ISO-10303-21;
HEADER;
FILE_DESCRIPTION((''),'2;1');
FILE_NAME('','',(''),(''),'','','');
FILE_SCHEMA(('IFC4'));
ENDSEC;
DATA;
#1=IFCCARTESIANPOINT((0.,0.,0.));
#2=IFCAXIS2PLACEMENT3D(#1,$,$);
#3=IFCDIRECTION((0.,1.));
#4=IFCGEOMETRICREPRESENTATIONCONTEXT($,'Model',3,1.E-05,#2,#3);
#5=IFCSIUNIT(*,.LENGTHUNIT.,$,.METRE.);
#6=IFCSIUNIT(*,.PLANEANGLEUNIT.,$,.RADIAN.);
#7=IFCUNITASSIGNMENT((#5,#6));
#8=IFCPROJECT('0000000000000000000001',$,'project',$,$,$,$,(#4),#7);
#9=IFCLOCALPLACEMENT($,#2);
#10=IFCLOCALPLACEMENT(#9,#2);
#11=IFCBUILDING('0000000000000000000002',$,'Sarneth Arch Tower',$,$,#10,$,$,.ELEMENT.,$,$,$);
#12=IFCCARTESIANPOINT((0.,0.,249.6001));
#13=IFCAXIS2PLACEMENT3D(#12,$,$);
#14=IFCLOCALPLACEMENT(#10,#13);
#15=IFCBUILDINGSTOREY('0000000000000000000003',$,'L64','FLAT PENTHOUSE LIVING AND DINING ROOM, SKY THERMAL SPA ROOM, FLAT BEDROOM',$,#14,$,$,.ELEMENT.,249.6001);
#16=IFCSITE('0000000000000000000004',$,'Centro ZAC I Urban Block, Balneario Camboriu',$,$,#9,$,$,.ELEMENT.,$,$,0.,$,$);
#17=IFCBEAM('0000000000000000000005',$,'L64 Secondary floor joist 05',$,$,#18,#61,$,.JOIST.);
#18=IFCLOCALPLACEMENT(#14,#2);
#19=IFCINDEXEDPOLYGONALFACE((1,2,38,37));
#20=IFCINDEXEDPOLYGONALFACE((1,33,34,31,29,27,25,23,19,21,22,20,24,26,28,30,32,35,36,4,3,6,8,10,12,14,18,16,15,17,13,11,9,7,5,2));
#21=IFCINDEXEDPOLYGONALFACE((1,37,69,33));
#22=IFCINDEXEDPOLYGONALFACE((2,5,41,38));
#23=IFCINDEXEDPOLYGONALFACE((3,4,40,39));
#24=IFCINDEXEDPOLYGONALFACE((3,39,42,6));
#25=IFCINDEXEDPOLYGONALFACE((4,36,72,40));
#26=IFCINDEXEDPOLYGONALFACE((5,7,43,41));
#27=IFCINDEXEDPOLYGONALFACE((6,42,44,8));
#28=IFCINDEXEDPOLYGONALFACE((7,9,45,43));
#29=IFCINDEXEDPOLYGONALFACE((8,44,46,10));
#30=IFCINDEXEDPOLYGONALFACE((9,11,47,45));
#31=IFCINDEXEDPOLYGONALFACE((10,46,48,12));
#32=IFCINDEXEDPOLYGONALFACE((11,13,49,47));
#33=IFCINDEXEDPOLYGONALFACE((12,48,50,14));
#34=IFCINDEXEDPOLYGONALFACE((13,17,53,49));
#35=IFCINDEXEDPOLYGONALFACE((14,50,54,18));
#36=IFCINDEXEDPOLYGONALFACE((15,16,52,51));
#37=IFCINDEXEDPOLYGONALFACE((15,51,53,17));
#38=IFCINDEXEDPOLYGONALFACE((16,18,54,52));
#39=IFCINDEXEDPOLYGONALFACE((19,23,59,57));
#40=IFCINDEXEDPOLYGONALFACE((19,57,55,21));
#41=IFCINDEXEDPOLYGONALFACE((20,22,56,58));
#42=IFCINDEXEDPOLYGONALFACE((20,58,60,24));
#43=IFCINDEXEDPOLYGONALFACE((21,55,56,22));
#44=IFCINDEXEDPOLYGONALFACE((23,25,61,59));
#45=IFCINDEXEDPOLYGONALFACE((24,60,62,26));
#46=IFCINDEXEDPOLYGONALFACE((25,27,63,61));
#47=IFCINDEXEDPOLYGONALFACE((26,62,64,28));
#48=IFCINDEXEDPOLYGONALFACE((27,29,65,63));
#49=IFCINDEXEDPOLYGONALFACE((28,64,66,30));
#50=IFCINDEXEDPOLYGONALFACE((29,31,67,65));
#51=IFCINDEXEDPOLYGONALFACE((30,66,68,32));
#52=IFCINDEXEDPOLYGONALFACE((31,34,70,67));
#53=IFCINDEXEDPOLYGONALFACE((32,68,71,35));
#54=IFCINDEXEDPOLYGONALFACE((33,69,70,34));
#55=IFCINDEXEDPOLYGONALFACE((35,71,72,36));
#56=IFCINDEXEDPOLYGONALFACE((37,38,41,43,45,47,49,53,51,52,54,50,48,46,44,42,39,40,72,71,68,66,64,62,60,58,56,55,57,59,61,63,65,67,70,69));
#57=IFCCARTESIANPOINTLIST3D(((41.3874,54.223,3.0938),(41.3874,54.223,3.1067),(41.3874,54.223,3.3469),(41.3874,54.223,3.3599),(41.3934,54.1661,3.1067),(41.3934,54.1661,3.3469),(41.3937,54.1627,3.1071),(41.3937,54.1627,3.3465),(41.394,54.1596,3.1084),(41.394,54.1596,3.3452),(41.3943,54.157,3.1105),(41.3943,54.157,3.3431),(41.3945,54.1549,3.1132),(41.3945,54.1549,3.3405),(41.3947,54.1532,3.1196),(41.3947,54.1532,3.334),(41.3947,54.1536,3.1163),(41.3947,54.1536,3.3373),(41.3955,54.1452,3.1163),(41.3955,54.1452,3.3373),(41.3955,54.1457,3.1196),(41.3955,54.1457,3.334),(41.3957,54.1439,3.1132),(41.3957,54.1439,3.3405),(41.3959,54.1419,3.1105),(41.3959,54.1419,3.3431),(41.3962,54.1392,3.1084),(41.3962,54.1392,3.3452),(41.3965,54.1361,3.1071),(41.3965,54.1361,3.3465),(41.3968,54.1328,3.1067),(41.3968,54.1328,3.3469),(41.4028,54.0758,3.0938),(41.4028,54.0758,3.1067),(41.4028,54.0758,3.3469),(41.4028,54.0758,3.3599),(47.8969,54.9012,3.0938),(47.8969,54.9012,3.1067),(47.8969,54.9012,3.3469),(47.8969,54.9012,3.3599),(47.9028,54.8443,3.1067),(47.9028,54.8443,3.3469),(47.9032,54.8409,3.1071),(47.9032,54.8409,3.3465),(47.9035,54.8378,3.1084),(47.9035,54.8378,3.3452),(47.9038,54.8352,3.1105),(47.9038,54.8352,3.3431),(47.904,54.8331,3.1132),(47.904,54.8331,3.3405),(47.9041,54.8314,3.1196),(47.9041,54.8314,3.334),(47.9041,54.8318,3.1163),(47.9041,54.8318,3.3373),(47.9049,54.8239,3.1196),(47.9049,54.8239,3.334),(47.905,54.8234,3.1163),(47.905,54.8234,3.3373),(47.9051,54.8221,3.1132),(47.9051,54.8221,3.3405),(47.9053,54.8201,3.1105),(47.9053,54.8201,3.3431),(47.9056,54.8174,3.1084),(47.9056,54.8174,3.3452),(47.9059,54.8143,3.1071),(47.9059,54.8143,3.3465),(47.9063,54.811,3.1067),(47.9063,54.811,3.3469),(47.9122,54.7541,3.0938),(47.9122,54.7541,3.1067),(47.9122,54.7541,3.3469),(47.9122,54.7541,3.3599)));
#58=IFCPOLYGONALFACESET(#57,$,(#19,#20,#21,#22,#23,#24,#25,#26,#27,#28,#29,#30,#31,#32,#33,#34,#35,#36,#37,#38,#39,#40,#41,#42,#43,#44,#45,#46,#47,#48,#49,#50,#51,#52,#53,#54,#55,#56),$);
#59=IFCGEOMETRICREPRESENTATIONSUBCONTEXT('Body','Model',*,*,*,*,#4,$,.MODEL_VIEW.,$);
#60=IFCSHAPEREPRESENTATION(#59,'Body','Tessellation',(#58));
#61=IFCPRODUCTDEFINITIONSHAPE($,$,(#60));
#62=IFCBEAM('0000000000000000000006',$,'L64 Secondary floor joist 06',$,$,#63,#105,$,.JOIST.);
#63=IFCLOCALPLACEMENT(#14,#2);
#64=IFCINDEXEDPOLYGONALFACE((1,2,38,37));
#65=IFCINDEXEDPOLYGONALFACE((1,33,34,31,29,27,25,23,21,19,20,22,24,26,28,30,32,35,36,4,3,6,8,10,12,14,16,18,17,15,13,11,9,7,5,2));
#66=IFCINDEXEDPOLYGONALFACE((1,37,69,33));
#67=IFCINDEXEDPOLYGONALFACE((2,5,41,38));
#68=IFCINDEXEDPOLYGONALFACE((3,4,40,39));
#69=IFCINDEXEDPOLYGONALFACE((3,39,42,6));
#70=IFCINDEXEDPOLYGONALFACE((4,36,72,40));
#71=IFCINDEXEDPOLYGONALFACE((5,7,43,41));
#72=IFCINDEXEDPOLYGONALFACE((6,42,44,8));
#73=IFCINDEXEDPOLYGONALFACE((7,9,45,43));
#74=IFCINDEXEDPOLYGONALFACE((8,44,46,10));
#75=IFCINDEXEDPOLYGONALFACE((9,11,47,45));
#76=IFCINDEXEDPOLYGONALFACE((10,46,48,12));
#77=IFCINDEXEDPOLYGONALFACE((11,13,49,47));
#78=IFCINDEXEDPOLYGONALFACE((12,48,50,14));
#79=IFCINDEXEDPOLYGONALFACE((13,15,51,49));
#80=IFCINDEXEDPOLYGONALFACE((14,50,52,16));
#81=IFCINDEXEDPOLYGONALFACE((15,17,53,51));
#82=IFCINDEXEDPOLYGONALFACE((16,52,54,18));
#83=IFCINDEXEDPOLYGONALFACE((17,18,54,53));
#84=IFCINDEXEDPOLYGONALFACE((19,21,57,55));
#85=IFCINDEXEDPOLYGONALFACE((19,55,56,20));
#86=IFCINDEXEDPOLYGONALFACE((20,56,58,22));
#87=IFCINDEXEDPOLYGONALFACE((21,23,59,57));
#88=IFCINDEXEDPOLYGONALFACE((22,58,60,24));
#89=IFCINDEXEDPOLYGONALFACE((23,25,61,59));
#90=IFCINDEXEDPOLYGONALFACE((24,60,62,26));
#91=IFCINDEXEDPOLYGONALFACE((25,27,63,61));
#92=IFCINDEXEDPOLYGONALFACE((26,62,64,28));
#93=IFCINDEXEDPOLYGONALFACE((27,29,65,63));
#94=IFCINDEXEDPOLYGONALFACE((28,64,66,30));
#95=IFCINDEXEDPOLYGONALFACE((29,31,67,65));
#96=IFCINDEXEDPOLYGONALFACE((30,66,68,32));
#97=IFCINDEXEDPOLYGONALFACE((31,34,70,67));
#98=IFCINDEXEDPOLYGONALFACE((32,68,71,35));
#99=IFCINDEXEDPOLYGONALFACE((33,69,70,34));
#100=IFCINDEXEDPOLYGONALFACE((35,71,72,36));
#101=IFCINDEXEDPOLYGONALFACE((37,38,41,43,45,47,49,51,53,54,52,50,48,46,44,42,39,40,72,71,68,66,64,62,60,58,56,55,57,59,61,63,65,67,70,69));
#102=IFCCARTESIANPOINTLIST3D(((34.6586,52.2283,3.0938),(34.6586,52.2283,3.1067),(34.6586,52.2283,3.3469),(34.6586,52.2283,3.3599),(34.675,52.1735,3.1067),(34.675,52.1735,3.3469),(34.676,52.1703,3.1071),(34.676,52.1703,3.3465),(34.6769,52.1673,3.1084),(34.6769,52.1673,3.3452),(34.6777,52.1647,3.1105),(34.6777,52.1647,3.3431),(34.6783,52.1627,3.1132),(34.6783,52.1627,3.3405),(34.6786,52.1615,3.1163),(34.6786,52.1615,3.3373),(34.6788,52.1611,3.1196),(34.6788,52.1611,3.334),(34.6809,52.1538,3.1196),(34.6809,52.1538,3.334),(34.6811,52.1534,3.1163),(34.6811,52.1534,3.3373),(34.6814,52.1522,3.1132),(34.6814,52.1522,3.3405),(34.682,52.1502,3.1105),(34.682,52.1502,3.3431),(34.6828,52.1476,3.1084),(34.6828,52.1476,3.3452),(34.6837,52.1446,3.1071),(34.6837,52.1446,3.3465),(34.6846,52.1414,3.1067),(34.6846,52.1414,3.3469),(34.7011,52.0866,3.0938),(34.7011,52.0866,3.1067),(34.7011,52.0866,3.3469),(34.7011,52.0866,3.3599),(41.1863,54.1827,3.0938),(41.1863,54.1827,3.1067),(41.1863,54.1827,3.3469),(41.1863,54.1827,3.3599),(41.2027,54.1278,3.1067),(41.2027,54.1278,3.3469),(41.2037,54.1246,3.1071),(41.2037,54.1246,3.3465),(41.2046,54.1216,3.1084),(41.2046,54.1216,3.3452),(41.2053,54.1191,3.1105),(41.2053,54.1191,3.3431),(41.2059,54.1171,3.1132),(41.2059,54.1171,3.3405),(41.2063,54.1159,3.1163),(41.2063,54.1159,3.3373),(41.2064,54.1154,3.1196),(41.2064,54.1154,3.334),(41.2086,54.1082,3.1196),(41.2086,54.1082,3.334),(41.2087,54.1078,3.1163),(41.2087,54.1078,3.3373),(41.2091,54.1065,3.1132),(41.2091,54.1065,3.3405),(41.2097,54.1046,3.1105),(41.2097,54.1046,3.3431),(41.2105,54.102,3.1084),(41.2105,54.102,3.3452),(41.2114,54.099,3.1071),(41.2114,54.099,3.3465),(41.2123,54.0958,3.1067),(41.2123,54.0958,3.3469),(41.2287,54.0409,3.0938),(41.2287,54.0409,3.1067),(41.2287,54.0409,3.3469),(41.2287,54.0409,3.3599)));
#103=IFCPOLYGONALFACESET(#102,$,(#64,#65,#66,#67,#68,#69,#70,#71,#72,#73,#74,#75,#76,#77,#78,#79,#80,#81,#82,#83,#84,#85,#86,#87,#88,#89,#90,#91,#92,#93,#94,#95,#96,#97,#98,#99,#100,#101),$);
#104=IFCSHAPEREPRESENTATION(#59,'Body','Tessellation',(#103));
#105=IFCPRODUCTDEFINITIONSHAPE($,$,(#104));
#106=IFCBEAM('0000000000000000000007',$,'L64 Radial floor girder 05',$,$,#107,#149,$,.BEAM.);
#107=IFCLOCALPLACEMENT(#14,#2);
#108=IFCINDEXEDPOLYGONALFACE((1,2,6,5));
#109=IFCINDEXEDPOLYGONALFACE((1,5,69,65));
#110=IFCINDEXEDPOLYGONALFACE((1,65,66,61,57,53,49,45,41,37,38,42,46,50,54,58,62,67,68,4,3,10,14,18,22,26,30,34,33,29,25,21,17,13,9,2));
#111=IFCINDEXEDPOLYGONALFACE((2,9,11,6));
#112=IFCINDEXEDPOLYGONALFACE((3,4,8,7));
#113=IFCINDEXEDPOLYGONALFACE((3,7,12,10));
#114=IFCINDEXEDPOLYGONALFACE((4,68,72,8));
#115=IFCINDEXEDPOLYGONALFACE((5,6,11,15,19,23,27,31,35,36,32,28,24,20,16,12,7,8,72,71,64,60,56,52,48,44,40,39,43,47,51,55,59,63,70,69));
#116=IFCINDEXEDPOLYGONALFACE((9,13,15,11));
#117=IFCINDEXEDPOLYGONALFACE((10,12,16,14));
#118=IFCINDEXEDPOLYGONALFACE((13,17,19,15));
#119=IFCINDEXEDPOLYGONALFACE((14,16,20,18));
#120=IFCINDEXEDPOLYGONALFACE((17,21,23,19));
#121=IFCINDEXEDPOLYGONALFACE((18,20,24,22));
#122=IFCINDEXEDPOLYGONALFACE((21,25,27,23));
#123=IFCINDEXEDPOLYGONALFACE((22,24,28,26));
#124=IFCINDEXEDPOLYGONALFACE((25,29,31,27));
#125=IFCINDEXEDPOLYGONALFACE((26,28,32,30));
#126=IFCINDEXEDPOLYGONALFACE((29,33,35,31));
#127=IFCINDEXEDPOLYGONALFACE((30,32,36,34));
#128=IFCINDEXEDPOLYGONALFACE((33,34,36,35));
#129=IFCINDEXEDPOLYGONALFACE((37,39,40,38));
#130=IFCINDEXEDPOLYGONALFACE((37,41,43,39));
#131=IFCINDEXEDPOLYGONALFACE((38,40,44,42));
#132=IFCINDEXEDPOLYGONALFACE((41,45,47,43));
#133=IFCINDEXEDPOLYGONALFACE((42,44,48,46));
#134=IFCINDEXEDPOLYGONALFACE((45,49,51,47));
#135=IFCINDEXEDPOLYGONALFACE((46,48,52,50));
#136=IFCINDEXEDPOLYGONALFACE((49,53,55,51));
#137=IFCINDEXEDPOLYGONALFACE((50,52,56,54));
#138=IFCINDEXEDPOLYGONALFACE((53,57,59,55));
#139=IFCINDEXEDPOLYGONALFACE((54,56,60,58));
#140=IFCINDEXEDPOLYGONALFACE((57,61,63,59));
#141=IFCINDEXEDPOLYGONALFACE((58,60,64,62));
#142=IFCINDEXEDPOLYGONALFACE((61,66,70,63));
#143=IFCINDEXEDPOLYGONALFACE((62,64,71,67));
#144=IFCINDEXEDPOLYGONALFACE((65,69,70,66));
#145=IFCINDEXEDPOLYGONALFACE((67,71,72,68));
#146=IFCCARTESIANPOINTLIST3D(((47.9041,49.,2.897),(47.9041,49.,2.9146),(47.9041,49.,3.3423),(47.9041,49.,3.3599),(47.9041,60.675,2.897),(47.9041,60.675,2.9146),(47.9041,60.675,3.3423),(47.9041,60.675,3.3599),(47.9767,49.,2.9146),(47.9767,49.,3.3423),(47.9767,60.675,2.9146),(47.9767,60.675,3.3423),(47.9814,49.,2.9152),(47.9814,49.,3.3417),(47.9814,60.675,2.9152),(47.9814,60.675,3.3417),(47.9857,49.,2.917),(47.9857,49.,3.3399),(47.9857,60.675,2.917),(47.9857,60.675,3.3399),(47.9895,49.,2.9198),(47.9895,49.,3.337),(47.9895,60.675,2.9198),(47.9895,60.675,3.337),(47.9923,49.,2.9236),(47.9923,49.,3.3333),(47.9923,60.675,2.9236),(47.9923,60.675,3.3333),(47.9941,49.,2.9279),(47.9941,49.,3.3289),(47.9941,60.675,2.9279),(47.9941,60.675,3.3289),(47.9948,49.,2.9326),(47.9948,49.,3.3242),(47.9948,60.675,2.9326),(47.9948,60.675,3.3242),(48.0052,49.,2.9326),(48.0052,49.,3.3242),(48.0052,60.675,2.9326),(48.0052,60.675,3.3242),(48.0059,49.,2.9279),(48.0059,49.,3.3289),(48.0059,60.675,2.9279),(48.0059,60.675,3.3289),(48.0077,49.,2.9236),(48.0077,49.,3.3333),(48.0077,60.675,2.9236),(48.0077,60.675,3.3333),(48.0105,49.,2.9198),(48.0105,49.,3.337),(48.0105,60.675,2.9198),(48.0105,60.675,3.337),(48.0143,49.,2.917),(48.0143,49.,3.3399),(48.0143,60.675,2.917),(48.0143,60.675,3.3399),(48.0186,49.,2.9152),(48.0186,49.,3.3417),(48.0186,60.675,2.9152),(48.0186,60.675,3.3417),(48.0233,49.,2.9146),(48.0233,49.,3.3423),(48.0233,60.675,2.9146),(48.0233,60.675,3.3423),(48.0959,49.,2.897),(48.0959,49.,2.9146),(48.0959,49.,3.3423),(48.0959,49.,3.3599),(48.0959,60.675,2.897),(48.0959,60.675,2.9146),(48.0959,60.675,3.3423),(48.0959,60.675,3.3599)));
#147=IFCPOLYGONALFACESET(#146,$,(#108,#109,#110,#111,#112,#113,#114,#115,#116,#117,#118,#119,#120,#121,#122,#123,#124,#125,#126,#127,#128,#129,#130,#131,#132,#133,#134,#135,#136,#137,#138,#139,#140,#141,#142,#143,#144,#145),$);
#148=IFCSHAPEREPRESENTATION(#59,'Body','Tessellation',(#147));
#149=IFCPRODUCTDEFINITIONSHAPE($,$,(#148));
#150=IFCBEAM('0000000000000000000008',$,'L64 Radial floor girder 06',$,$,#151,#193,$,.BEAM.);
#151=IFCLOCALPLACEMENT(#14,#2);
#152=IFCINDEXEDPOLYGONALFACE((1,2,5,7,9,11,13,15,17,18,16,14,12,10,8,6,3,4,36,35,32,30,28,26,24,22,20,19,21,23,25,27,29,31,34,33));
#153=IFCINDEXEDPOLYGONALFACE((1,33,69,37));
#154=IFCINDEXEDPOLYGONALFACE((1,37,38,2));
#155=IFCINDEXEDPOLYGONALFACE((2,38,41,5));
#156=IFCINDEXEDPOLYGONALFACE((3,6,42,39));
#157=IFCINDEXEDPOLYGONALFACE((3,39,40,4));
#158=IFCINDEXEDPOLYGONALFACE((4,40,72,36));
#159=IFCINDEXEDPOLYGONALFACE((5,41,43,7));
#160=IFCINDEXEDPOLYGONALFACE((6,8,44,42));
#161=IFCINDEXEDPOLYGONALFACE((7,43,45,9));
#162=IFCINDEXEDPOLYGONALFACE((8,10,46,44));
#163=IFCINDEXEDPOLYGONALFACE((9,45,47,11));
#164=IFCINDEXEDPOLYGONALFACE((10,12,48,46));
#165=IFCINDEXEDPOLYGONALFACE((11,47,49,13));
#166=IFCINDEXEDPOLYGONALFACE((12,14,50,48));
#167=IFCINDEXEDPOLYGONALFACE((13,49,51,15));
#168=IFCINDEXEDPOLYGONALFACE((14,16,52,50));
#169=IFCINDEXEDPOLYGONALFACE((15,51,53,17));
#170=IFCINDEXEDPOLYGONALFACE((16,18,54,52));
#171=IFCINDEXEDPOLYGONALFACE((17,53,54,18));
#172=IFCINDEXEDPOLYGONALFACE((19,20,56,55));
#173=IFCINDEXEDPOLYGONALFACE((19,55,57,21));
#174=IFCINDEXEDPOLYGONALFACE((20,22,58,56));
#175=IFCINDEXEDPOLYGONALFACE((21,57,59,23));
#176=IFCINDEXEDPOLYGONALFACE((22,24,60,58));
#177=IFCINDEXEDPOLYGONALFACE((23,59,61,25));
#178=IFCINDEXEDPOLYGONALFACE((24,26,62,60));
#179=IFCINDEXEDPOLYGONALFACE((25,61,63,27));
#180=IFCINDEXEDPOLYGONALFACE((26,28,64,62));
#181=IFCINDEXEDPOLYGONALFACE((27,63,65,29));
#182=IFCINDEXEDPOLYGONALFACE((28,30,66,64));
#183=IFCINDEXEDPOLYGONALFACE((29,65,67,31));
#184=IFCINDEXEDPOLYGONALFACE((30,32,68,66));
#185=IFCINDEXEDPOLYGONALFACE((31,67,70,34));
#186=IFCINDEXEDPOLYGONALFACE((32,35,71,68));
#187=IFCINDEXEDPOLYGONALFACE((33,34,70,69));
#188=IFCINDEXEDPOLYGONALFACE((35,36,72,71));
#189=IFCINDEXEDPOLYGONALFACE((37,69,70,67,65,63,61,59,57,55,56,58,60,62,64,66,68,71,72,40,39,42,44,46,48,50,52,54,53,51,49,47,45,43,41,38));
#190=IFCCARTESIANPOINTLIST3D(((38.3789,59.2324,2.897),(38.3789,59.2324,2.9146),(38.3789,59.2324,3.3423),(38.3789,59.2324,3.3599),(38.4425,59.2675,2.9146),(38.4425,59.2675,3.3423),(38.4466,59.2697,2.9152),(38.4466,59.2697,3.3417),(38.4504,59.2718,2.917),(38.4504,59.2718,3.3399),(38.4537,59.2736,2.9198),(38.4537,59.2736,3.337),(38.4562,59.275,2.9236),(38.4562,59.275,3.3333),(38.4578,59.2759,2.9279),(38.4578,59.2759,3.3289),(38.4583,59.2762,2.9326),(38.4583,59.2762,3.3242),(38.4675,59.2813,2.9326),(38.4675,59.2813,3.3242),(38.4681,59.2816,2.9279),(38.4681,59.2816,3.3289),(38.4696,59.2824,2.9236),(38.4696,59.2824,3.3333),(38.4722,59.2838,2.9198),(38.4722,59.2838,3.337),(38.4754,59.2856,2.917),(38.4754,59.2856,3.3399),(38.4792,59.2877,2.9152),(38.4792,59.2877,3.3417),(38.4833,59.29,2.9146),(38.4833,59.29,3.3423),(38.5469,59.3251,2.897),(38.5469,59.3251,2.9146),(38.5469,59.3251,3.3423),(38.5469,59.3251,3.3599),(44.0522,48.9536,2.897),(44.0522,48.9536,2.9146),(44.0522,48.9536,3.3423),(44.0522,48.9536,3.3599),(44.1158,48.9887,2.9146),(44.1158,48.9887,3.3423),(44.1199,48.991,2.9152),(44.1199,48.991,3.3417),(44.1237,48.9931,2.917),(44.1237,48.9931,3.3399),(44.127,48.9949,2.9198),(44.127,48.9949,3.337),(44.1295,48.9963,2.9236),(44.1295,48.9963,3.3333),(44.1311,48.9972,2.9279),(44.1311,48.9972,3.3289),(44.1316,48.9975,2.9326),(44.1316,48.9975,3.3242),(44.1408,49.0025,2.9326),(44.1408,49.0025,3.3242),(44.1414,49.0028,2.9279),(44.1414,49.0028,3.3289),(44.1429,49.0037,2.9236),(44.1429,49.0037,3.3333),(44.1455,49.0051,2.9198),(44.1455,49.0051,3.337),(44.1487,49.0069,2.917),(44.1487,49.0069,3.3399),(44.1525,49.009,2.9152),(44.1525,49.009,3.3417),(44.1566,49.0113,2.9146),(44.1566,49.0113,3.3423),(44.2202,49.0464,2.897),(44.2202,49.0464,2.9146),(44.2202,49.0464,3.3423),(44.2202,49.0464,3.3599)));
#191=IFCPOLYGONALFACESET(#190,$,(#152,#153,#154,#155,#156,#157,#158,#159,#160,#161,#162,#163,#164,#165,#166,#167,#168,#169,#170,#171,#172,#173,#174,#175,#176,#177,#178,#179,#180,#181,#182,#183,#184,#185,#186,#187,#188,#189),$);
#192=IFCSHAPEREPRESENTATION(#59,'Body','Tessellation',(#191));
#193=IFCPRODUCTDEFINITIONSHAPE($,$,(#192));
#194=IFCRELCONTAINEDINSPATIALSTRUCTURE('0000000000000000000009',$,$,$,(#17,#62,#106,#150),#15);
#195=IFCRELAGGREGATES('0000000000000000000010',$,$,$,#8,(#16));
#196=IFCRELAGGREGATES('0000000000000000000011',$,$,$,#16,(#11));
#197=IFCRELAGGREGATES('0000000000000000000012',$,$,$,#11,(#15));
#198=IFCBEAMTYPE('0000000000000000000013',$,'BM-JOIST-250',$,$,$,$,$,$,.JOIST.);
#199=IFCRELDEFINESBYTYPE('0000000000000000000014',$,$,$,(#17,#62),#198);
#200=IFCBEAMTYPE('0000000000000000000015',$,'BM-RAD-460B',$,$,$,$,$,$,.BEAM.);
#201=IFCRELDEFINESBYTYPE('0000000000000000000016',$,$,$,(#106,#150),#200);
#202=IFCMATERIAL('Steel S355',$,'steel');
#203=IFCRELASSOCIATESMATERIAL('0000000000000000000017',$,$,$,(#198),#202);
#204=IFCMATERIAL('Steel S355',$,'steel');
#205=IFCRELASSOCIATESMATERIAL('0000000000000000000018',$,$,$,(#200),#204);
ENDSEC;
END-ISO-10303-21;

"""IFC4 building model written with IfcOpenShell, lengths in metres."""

from ifc_helpers import new_model, si_unit, direction, frame, origin, origin_2d, place, context, subcontext, project, spatial, i_section, extrude, material, material_profile, profile_set, type_object, element, save


model = new_model("IFC4")

# Units and contexts
model_context = context("Model", 3, precision=1e-05, world=origin(), true_north=direction((0.0, 1.0)))
body_context = subcontext(model_context, "Body", "Model", "MODEL_VIEW")
ifc_project = project(units=[si_unit("LENGTHUNIT", "METRE"), si_unit("PLANEANGLEUNIT", "RADIAN")], contexts=[model_context])

# Site, building, storey
site_placement = place(None, origin())
site = spatial("IfcSite", under=ifc_project, at=site_placement, Name="Centro ZAC I Urban Block, Balneario Camboriu", CompositionType="ELEMENT", RefElevation=0.0)
building_placement = place(site_placement, origin())
building = spatial("IfcBuilding", under=site, at=building_placement, Name="Sarneth Arch Tower", CompositionType="ELEMENT")
storey_placement = place(building_placement, frame((0.0, 0.0, 249.6001)))
storey = spatial("IfcBuildingStorey", under=building, at=storey_placement, Name="L64", Description="FLAT PENTHOUSE LIVING AND DINING ROOM, SKY THERMAL SPA ROOM, FLAT BEDROOM", CompositionType="ELEMENT", Elevation=249.6001)

# Beams
ifc_material_1 = material(Name="Steel S355", Category="steel")
ifc_material_profile_1 = material_profile(ifc_material_1, i_section(OverallWidth=0.1479, OverallDepth=0.2661, WebThickness=0.0076, FlangeThickness=0.0129, FilletRadius=0.0129, at=origin_2d()), Name="W250x44.8")
ifc_profile_set_1 = profile_set([ifc_material_profile_1], Name="Steel S355")
beam_type_1 = type_object("IfcBeamType", Name="BM-JOIST-250", PredefinedType="JOIST", material=ifc_profile_set_1)
beam_1_placement = place(storey_placement, frame((47.9045, 54.8276, 3.2268), z_axis=(-0.994616, -0.103628, 0.0), x_axis=(0.103628, -0.994616, 0.0)))
element("IfcBeam", 1, at=beam_1_placement, inside=storey, type_object=beam_type_1, Name="L64 Secondary floor joist 05", PredefinedType="JOIST", context=body_context, shape_type="SweptSolid", body=[
    extrude(i_section(OverallWidth=0.1479, OverallDepth=0.2661, WebThickness=0.0076, FlangeThickness=0.0129, FilletRadius=0.0129, at=origin_2d()), origin(), (0.0, 0.0, 1.0), 6.5447),
])
beam_2_placement = place(storey_placement, frame((41.2075, 54.1118, 3.2268), z_axis=(-0.957985, -0.286819, 0.0), x_axis=(0.286819, -0.957985, 0.0)))
element("IfcBeam", 2, at=beam_2_placement, inside=storey, type_object=beam_type_1, Name="L64 Secondary floor joist 06", PredefinedType="JOIST", context=body_context, shape_type="SweptSolid", body=[
    extrude(i_section(OverallWidth=0.1479, OverallDepth=0.2661, WebThickness=0.0076, FlangeThickness=0.0129, FilletRadius=0.0129, at=origin_2d()), origin(), (0.0, 0.0, 1.0), 6.814),
])
ifc_material_2 = material(Name="Steel S355", Category="steel")
ifc_material_profile_2 = material_profile(ifc_material_2, i_section(OverallWidth=0.1919, OverallDepth=0.4629, WebThickness=0.0105, FlangeThickness=0.0176, FilletRadius=0.0181, at=origin_2d()), Name="W460x89")
ifc_profile_set_2 = profile_set([ifc_material_profile_2], Name="Steel S355")
beam_type_2 = type_object("IfcBeamType", Name="BM-RAD-460B", PredefinedType="BEAM", material=ifc_profile_set_2)
beam_3_placement = place(storey_placement, frame((48.0, 49.0, 3.1284), z_axis=(0.0, 1.0, 0.0), x_axis=(-1.0, 0.0, 0.0)))
element("IfcBeam", 3, at=beam_3_placement, inside=storey, type_object=beam_type_2, Name="L64 Radial floor girder 05", PredefinedType="BEAM", context=body_context, shape_type="SweptSolid", body=[
    extrude(i_section(OverallWidth=0.1919, OverallDepth=0.4629, WebThickness=0.0105, FlangeThickness=0.0176, FilletRadius=0.0181, at=origin_2d()), origin(), (0.0, 0.0, 1.0), 11.675),
])
beam_4_placement = place(storey_placement, frame((44.1362, 49.0, 3.1284), z_axis=(-0.483226, 0.875496, 0.0), x_axis=(-0.875496, -0.483226, 0.0)))
element("IfcBeam", 4, at=beam_4_placement, inside=storey, type_object=beam_type_2, Name="L64 Radial floor girder 06", PredefinedType="BEAM", context=body_context, shape_type="SweptSolid", body=[
    extrude(i_section(OverallWidth=0.1919, OverallDepth=0.4629, WebThickness=0.0105, FlangeThickness=0.0176, FilletRadius=0.0181, at=origin_2d()), origin(), (0.0, 0.0, 1.0), 11.7405),
])

save(model, "model.ifc")
